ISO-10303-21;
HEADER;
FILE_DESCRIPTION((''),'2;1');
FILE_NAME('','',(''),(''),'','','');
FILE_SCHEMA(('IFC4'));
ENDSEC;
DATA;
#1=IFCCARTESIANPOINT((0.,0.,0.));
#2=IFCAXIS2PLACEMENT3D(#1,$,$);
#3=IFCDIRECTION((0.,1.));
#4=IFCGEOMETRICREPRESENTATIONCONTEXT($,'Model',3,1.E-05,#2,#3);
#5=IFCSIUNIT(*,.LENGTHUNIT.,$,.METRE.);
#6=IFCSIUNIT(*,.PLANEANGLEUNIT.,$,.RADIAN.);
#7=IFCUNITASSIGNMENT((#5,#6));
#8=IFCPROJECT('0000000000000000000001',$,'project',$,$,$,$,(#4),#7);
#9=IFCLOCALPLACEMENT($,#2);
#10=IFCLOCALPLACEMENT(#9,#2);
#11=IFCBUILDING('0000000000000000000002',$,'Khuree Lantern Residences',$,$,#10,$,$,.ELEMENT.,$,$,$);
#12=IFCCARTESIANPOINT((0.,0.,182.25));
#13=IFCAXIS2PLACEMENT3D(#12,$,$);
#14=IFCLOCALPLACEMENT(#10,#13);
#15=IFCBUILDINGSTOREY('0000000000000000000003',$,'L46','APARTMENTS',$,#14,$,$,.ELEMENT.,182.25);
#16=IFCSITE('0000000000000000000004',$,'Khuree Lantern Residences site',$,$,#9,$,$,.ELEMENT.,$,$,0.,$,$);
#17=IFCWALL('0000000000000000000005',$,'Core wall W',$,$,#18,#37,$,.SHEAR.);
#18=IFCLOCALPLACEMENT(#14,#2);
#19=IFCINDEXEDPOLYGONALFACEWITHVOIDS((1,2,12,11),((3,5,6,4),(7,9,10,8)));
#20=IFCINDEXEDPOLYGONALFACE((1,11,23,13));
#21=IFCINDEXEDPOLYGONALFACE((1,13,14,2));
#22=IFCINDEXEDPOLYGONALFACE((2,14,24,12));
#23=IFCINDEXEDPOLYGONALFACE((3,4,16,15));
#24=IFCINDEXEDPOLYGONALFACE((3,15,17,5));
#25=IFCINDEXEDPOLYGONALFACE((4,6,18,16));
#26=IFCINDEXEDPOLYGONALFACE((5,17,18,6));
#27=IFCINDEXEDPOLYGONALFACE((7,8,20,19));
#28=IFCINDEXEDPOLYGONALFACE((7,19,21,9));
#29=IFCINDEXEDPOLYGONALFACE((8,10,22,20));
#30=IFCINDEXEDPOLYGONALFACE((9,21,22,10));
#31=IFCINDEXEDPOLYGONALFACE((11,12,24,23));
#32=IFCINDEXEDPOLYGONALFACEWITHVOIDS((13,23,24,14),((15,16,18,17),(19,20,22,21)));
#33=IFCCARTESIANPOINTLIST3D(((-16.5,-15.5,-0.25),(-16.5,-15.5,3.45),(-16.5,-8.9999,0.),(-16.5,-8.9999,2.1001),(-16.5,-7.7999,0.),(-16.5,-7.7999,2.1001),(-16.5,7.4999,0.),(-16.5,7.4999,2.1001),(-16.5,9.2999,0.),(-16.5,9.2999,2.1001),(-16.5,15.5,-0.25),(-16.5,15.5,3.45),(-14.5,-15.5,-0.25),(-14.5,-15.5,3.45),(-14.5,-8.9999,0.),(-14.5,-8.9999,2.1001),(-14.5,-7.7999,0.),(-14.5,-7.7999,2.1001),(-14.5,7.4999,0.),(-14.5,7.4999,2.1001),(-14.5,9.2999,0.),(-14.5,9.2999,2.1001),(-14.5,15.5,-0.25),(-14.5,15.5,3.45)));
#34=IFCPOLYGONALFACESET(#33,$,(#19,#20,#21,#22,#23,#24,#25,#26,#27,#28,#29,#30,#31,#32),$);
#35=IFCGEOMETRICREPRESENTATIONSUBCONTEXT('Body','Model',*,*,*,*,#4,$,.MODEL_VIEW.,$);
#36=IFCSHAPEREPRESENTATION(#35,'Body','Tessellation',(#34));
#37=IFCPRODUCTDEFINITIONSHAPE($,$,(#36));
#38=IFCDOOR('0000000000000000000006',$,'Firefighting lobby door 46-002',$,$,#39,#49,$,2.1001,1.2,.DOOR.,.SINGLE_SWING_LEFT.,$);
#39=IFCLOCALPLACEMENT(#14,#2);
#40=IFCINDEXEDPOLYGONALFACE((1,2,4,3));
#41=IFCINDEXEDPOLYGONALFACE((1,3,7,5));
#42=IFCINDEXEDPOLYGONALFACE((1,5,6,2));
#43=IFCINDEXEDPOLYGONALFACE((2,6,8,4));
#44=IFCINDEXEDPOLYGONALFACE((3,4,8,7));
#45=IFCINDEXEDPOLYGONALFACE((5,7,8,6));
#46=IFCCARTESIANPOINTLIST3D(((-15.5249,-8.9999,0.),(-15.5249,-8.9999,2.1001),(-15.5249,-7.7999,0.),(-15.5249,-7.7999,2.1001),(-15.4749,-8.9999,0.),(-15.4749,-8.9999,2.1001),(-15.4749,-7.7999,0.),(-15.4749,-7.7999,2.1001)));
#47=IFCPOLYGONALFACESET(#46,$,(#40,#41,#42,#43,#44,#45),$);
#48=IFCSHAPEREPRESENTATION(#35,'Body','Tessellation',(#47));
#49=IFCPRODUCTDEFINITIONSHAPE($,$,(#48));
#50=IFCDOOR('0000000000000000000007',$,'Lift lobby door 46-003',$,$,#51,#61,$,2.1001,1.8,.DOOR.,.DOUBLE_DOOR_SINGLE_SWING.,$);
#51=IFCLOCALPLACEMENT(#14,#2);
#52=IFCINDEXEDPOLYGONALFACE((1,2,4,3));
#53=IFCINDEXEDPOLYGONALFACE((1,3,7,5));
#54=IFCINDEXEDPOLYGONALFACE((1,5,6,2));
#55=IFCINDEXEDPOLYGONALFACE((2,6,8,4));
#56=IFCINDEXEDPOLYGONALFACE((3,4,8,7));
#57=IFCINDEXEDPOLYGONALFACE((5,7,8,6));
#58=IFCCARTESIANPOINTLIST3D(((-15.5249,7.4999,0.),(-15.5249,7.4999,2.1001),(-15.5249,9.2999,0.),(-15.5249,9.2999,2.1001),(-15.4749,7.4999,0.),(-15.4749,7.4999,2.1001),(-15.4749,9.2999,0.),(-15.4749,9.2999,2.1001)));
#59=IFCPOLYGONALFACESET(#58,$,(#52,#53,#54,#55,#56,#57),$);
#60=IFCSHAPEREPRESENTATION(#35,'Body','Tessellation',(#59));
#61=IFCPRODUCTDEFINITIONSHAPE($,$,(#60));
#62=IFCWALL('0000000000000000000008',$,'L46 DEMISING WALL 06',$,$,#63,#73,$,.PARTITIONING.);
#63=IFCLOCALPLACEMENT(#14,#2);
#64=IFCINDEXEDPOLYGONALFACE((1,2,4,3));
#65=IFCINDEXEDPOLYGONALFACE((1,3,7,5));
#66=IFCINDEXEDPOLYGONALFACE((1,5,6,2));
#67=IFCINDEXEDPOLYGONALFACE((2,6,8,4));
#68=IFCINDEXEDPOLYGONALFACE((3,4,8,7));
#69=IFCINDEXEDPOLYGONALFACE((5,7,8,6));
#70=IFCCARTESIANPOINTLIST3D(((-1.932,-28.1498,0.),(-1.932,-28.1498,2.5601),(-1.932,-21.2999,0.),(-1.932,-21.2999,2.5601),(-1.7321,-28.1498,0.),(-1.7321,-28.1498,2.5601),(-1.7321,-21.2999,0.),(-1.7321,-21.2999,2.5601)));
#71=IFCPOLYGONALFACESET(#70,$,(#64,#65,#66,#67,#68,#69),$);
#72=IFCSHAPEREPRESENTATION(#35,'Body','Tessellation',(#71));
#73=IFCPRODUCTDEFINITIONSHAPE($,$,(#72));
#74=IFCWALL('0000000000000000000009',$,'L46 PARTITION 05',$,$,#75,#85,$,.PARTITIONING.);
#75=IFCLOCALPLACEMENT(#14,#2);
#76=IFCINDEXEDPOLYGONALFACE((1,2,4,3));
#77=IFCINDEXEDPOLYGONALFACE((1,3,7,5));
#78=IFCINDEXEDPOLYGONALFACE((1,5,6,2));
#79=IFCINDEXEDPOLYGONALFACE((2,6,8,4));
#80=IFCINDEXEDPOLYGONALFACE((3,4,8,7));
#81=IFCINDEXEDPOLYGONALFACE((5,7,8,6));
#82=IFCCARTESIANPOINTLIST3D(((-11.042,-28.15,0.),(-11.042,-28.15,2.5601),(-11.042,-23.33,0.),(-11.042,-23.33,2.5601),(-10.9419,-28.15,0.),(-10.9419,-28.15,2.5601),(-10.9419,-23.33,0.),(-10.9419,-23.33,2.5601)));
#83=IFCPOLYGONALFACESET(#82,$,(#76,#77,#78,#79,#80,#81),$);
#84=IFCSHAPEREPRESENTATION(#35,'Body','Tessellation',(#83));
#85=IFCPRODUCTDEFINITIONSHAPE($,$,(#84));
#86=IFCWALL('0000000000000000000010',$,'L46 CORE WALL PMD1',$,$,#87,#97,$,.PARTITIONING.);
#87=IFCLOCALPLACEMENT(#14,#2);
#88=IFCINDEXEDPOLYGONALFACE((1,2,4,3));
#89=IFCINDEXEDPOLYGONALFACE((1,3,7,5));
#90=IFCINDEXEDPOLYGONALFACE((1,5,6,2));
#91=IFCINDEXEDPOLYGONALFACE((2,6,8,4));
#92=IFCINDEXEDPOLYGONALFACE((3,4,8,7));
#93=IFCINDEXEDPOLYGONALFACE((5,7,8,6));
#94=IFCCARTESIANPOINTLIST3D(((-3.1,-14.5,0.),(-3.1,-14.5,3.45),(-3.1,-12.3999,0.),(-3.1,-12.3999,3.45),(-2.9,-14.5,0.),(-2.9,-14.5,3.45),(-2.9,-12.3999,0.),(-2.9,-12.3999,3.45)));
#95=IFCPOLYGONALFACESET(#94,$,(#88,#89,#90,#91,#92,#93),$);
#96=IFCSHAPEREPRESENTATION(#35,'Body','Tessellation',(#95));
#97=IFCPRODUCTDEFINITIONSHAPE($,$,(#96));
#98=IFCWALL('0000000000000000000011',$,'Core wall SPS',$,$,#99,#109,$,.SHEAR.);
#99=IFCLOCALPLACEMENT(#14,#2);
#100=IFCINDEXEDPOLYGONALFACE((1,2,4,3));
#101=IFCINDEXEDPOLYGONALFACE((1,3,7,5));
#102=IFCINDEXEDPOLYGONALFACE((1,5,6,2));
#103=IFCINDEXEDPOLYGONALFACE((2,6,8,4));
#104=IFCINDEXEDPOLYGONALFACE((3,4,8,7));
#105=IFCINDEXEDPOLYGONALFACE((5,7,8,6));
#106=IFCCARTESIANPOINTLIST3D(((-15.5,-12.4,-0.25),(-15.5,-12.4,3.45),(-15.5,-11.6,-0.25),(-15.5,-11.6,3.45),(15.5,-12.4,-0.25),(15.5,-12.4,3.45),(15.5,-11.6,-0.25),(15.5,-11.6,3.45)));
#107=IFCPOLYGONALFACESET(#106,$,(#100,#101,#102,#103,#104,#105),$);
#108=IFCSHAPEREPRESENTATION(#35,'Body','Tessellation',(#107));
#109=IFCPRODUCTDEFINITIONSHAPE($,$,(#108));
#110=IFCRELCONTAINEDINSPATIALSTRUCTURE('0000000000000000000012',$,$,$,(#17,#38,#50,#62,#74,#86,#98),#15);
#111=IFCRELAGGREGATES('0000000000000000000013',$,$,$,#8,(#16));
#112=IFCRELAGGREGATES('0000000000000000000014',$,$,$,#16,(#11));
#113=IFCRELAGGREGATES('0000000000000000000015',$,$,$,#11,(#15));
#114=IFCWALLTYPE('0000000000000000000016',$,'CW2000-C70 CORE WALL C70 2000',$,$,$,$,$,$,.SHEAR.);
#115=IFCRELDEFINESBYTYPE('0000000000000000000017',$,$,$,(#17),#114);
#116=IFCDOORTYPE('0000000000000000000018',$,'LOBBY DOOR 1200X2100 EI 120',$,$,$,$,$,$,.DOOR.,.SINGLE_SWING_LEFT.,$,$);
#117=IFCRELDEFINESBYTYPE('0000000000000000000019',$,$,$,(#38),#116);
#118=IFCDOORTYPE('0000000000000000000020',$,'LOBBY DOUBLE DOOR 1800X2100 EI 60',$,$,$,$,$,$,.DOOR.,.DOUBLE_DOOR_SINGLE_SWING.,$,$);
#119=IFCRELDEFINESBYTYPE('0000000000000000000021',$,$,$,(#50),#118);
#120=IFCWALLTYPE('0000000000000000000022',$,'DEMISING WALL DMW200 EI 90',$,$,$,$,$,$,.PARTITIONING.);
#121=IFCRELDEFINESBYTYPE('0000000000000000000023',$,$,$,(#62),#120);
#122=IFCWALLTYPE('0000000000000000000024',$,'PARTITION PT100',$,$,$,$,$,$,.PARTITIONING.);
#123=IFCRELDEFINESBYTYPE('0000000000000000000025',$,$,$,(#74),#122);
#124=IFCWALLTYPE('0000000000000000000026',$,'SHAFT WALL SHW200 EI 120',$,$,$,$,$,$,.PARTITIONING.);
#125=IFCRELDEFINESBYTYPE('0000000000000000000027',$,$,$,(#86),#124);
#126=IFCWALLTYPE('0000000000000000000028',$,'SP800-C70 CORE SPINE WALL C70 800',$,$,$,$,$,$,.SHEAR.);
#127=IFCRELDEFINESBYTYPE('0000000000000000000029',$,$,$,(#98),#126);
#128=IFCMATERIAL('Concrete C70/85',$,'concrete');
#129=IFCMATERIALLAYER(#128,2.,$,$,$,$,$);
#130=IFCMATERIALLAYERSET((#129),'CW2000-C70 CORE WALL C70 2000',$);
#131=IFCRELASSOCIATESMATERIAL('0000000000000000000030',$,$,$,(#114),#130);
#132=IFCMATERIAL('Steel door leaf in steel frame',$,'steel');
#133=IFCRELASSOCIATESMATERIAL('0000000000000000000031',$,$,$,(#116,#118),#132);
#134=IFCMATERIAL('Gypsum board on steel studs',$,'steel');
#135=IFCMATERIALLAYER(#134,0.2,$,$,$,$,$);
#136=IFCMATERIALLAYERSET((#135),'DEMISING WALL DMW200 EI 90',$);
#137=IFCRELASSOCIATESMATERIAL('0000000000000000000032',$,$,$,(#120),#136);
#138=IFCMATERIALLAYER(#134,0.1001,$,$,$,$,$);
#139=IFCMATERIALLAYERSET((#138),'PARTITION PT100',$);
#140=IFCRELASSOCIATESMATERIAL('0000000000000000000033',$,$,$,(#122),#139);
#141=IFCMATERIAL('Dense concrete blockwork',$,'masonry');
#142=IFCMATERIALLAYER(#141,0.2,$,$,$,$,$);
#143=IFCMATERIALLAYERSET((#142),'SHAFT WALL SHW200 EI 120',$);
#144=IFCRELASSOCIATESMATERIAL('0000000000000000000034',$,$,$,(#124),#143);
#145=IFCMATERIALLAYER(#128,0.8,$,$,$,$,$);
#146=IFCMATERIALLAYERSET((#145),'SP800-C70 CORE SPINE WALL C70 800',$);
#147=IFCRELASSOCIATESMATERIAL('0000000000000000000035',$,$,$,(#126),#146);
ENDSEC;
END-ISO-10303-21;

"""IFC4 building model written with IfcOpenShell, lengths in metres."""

from ifc_helpers import new_model, si_unit, direction, frame, frame_2d, origin, place, context, subcontext, project, spatial, rectangle, extrude, material, layer, layer_set, type_object, element, fill, save


model = new_model("IFC4")

# Units and contexts
model_context = context("Model", 3, precision=1e-05, world=origin(), true_north=direction((0.0, 1.0)))
body_context = subcontext(model_context, "Body", "Model", "MODEL_VIEW")
ifc_project = project(units=[si_unit("LENGTHUNIT", "METRE"), si_unit("PLANEANGLEUNIT", "RADIAN")], contexts=[model_context])

# Site, building, storey
site_placement = place(None, origin())
site = spatial("IfcSite", under=ifc_project, at=site_placement, Name="Khuree Lantern Residences site", CompositionType="ELEMENT", RefElevation=0.0)
building_placement = place(site_placement, origin())
building = spatial("IfcBuilding", under=site, at=building_placement, Name="Khuree Lantern Residences", CompositionType="ELEMENT")
storey_placement = place(building_placement, frame((0.0, 0.0, 182.25)))
storey = spatial("IfcBuildingStorey", under=building, at=storey_placement, Name="L46", Description="APARTMENTS", CompositionType="ELEMENT", Elevation=182.25)

# Shared definitions
ifc_material_1 = material(Name="Concrete C70/85", Category="concrete")

# Shared definitions
ifc_material_2 = material(Name="Dense concrete blockwork", Category="masonry")

# Shared definitions
ifc_material_3 = material(Name="Gypsum board on steel studs", Category="steel")

# Wall, openings, doors
ifc_layer_1 = layer(ifc_material_1, 2.0)
ifc_layer_set_1 = layer_set([ifc_layer_1], Name="CW2000-C70 CORE WALL C70 2000")
wall_type_1 = type_object("IfcWallType", Name="CW2000-C70 CORE WALL C70 2000", PredefinedType="SHEAR", material=ifc_layer_set_1)
wall_1_placement = place(storey_placement, frame((-15.5, -15.5, -0.25), z_axis=(0.0, 0.0, 1.0), x_axis=(0.0, 1.0, 0.0)))
wall_1 = element("IfcWall", 1, at=wall_1_placement, inside=storey, type_object=wall_type_1, Name="Core wall W", PredefinedType="SHEAR", context=body_context, shape_type="SweptSolid", body=[
    extrude(rectangle(XDim=31.0, YDim=2.0, at=frame_2d((15.5, 0.0))), origin(), (0.0, 0.0, 1.0), 3.7),
])
opening_1_placement = place(wall_1_placement, frame((6.5, 0.0, 0.25)))
opening_1 = element("IfcOpeningElement", 2, at=opening_1_placement, cuts=wall_1, PredefinedType="OPENING", context=body_context, shape_type="SweptSolid", body=[
    extrude(rectangle(XDim=1.2, YDim=2.1001, at=frame_2d((0.6001, 1.05))), frame((0.0, 1.01, 0.0), z_axis=(0.0, -1.0, 0.0), x_axis=(1.0, 0.0, 0.0)), (0.0, 0.0, 1.0), 2.02),
])
opening_2_placement = place(wall_1_placement, frame((23.0, 0.0, 0.25)))
opening_2 = element("IfcOpeningElement", 3, at=opening_2_placement, cuts=wall_1, PredefinedType="OPENING", context=body_context, shape_type="SweptSolid", body=[
    extrude(rectangle(XDim=1.8, YDim=2.1001, at=frame_2d((0.8999, 1.05))), frame((0.0, 1.01, 0.0), z_axis=(0.0, -1.0, 0.0), x_axis=(1.0, 0.0, 0.0)), (0.0, 0.0, 1.0), 2.02),
])
ifc_material_4 = material(Name="Steel door leaf in steel frame", Category="steel")
door_type_1 = type_object("IfcDoorType", Name="LOBBY DOOR 1200X2100 EI 120", OperationType="SINGLE_SWING_LEFT", PredefinedType="DOOR", material=ifc_material_4)
door_1_placement = place(opening_1_placement, origin())
door_1 = element("IfcDoor", 4, at=door_1_placement, inside=storey, type_object=door_type_1, Name="Firefighting lobby door 46-002", OperationType="SINGLE_SWING_LEFT", OverallHeight=2.1001, OverallWidth=1.2, PredefinedType="DOOR", context=body_context, shape_type="SweptSolid", body=[
    extrude(rectangle(XDim=1.2, YDim=2.1001, at=frame_2d((0.6001, 1.05))), frame((0.0, 0.0249, 0.0), z_axis=(0.0, -1.0, 0.0), x_axis=(1.0, 0.0, 0.0)), (0.0, 0.0, 1.0), 0.05),
])
fill(opening_1, door_1)
door_type_2 = type_object("IfcDoorType", Name="LOBBY DOUBLE DOOR 1800X2100 EI 60", OperationType="DOUBLE_DOOR_SINGLE_SWING", PredefinedType="DOOR", material=ifc_material_4)
door_2_placement = place(opening_2_placement, origin())
door_2 = element("IfcDoor", 5, at=door_2_placement, inside=storey, type_object=door_type_2, Name="Lift lobby door 46-003", OperationType="DOUBLE_DOOR_SINGLE_SWING", OverallHeight=2.1001, OverallWidth=1.8, PredefinedType="DOOR", context=body_context, shape_type="SweptSolid", body=[
    extrude(rectangle(XDim=1.8, YDim=2.1001, at=frame_2d((0.8999, 1.05))), frame((0.0, 0.0249, 0.0), z_axis=(0.0, -1.0, 0.0), x_axis=(1.0, 0.0, 0.0)), (0.0, 0.0, 1.0), 0.05),
])
fill(opening_2, door_2)

# Walls
ifc_layer_2 = layer(ifc_material_3, 0.2)
ifc_layer_set_2 = layer_set([ifc_layer_2], Name="DEMISING WALL DMW200 EI 90")
wall_type_2 = type_object("IfcWallType", Name="DEMISING WALL DMW200 EI 90", PredefinedType="PARTITIONING", material=ifc_layer_set_2)
wall_2_placement = place(storey_placement, frame((-1.832, -21.3, 0.0), z_axis=(0.0, 0.0, 1.0), x_axis=(0.0, -1.0, 0.0)))
element("IfcWall", 6, at=wall_2_placement, inside=storey, type_object=wall_type_2, Name="L46 DEMISING WALL 06", PredefinedType="PARTITIONING", context=body_context, shape_type="SweptSolid", body=[
    extrude(rectangle(XDim=6.8499, YDim=0.2, at=frame_2d((3.4248, 0.0))), origin(), (0.0, 0.0, 1.0), 2.5601),
])
ifc_layer_3 = layer(ifc_material_3, 0.1001)
ifc_layer_set_3 = layer_set([ifc_layer_3], Name="PARTITION PT100")
wall_type_3 = type_object("IfcWallType", Name="PARTITION PT100", PredefinedType="PARTITIONING", material=ifc_layer_set_3)
wall_3_placement = place(storey_placement, frame((-10.9919, -23.3298, 0.0), z_axis=(0.0, 0.0, 1.0), x_axis=(0.0, -1.0, 0.0)))
element("IfcWall", 7, at=wall_3_placement, inside=storey, type_object=wall_type_3, Name="L46 PARTITION 05", PredefinedType="PARTITIONING", context=body_context, shape_type="SweptSolid", body=[
    extrude(rectangle(XDim=4.8201, YDim=0.1001, at=frame_2d((2.4102, 0.0))), origin(), (0.0, 0.0, 1.0), 2.5601),
])
ifc_layer_4 = layer(ifc_material_2, 0.2)
ifc_layer_set_4 = layer_set([ifc_layer_4], Name="SHAFT WALL SHW200 EI 120")
wall_type_4 = type_object("IfcWallType", Name="SHAFT WALL SHW200 EI 120", PredefinedType="PARTITIONING", material=ifc_layer_set_4)
wall_4_placement = place(storey_placement, frame((-3.0, -14.5, 0.0), z_axis=(0.0, 0.0, 1.0), x_axis=(0.0, 1.0, 0.0)))
element("IfcWall", 8, at=wall_4_placement, inside=storey, type_object=wall_type_4, Name="L46 CORE WALL PMD1", PredefinedType="PARTITIONING", context=body_context, shape_type="SweptSolid", body=[
    extrude(rectangle(XDim=2.1001, YDim=0.2, at=frame_2d((1.05, 0.0))), origin(), (0.0, 0.0, 1.0), 3.45),
])
ifc_layer_5 = layer(ifc_material_1, 0.8)
ifc_layer_set_5 = layer_set([ifc_layer_5], Name="SP800-C70 CORE SPINE WALL C70 800")
wall_type_5 = type_object("IfcWallType", Name="SP800-C70 CORE SPINE WALL C70 800", PredefinedType="SHEAR", material=ifc_layer_set_5)
wall_5_placement = place(storey_placement, frame((-15.5, -12.0, -0.25), z_axis=(0.0, 0.0, 1.0), x_axis=(1.0, 0.0, 0.0)))
element("IfcWall", 9, at=wall_5_placement, inside=storey, type_object=wall_type_5, Name="Core wall SPS", PredefinedType="SHEAR", context=body_context, shape_type="SweptSolid", body=[
    extrude(rectangle(XDim=31.0, YDim=0.8, at=frame_2d((15.5, 0.0))), origin(), (0.0, 0.0, 1.0), 3.7),
])

save(model, "model.ifc")
